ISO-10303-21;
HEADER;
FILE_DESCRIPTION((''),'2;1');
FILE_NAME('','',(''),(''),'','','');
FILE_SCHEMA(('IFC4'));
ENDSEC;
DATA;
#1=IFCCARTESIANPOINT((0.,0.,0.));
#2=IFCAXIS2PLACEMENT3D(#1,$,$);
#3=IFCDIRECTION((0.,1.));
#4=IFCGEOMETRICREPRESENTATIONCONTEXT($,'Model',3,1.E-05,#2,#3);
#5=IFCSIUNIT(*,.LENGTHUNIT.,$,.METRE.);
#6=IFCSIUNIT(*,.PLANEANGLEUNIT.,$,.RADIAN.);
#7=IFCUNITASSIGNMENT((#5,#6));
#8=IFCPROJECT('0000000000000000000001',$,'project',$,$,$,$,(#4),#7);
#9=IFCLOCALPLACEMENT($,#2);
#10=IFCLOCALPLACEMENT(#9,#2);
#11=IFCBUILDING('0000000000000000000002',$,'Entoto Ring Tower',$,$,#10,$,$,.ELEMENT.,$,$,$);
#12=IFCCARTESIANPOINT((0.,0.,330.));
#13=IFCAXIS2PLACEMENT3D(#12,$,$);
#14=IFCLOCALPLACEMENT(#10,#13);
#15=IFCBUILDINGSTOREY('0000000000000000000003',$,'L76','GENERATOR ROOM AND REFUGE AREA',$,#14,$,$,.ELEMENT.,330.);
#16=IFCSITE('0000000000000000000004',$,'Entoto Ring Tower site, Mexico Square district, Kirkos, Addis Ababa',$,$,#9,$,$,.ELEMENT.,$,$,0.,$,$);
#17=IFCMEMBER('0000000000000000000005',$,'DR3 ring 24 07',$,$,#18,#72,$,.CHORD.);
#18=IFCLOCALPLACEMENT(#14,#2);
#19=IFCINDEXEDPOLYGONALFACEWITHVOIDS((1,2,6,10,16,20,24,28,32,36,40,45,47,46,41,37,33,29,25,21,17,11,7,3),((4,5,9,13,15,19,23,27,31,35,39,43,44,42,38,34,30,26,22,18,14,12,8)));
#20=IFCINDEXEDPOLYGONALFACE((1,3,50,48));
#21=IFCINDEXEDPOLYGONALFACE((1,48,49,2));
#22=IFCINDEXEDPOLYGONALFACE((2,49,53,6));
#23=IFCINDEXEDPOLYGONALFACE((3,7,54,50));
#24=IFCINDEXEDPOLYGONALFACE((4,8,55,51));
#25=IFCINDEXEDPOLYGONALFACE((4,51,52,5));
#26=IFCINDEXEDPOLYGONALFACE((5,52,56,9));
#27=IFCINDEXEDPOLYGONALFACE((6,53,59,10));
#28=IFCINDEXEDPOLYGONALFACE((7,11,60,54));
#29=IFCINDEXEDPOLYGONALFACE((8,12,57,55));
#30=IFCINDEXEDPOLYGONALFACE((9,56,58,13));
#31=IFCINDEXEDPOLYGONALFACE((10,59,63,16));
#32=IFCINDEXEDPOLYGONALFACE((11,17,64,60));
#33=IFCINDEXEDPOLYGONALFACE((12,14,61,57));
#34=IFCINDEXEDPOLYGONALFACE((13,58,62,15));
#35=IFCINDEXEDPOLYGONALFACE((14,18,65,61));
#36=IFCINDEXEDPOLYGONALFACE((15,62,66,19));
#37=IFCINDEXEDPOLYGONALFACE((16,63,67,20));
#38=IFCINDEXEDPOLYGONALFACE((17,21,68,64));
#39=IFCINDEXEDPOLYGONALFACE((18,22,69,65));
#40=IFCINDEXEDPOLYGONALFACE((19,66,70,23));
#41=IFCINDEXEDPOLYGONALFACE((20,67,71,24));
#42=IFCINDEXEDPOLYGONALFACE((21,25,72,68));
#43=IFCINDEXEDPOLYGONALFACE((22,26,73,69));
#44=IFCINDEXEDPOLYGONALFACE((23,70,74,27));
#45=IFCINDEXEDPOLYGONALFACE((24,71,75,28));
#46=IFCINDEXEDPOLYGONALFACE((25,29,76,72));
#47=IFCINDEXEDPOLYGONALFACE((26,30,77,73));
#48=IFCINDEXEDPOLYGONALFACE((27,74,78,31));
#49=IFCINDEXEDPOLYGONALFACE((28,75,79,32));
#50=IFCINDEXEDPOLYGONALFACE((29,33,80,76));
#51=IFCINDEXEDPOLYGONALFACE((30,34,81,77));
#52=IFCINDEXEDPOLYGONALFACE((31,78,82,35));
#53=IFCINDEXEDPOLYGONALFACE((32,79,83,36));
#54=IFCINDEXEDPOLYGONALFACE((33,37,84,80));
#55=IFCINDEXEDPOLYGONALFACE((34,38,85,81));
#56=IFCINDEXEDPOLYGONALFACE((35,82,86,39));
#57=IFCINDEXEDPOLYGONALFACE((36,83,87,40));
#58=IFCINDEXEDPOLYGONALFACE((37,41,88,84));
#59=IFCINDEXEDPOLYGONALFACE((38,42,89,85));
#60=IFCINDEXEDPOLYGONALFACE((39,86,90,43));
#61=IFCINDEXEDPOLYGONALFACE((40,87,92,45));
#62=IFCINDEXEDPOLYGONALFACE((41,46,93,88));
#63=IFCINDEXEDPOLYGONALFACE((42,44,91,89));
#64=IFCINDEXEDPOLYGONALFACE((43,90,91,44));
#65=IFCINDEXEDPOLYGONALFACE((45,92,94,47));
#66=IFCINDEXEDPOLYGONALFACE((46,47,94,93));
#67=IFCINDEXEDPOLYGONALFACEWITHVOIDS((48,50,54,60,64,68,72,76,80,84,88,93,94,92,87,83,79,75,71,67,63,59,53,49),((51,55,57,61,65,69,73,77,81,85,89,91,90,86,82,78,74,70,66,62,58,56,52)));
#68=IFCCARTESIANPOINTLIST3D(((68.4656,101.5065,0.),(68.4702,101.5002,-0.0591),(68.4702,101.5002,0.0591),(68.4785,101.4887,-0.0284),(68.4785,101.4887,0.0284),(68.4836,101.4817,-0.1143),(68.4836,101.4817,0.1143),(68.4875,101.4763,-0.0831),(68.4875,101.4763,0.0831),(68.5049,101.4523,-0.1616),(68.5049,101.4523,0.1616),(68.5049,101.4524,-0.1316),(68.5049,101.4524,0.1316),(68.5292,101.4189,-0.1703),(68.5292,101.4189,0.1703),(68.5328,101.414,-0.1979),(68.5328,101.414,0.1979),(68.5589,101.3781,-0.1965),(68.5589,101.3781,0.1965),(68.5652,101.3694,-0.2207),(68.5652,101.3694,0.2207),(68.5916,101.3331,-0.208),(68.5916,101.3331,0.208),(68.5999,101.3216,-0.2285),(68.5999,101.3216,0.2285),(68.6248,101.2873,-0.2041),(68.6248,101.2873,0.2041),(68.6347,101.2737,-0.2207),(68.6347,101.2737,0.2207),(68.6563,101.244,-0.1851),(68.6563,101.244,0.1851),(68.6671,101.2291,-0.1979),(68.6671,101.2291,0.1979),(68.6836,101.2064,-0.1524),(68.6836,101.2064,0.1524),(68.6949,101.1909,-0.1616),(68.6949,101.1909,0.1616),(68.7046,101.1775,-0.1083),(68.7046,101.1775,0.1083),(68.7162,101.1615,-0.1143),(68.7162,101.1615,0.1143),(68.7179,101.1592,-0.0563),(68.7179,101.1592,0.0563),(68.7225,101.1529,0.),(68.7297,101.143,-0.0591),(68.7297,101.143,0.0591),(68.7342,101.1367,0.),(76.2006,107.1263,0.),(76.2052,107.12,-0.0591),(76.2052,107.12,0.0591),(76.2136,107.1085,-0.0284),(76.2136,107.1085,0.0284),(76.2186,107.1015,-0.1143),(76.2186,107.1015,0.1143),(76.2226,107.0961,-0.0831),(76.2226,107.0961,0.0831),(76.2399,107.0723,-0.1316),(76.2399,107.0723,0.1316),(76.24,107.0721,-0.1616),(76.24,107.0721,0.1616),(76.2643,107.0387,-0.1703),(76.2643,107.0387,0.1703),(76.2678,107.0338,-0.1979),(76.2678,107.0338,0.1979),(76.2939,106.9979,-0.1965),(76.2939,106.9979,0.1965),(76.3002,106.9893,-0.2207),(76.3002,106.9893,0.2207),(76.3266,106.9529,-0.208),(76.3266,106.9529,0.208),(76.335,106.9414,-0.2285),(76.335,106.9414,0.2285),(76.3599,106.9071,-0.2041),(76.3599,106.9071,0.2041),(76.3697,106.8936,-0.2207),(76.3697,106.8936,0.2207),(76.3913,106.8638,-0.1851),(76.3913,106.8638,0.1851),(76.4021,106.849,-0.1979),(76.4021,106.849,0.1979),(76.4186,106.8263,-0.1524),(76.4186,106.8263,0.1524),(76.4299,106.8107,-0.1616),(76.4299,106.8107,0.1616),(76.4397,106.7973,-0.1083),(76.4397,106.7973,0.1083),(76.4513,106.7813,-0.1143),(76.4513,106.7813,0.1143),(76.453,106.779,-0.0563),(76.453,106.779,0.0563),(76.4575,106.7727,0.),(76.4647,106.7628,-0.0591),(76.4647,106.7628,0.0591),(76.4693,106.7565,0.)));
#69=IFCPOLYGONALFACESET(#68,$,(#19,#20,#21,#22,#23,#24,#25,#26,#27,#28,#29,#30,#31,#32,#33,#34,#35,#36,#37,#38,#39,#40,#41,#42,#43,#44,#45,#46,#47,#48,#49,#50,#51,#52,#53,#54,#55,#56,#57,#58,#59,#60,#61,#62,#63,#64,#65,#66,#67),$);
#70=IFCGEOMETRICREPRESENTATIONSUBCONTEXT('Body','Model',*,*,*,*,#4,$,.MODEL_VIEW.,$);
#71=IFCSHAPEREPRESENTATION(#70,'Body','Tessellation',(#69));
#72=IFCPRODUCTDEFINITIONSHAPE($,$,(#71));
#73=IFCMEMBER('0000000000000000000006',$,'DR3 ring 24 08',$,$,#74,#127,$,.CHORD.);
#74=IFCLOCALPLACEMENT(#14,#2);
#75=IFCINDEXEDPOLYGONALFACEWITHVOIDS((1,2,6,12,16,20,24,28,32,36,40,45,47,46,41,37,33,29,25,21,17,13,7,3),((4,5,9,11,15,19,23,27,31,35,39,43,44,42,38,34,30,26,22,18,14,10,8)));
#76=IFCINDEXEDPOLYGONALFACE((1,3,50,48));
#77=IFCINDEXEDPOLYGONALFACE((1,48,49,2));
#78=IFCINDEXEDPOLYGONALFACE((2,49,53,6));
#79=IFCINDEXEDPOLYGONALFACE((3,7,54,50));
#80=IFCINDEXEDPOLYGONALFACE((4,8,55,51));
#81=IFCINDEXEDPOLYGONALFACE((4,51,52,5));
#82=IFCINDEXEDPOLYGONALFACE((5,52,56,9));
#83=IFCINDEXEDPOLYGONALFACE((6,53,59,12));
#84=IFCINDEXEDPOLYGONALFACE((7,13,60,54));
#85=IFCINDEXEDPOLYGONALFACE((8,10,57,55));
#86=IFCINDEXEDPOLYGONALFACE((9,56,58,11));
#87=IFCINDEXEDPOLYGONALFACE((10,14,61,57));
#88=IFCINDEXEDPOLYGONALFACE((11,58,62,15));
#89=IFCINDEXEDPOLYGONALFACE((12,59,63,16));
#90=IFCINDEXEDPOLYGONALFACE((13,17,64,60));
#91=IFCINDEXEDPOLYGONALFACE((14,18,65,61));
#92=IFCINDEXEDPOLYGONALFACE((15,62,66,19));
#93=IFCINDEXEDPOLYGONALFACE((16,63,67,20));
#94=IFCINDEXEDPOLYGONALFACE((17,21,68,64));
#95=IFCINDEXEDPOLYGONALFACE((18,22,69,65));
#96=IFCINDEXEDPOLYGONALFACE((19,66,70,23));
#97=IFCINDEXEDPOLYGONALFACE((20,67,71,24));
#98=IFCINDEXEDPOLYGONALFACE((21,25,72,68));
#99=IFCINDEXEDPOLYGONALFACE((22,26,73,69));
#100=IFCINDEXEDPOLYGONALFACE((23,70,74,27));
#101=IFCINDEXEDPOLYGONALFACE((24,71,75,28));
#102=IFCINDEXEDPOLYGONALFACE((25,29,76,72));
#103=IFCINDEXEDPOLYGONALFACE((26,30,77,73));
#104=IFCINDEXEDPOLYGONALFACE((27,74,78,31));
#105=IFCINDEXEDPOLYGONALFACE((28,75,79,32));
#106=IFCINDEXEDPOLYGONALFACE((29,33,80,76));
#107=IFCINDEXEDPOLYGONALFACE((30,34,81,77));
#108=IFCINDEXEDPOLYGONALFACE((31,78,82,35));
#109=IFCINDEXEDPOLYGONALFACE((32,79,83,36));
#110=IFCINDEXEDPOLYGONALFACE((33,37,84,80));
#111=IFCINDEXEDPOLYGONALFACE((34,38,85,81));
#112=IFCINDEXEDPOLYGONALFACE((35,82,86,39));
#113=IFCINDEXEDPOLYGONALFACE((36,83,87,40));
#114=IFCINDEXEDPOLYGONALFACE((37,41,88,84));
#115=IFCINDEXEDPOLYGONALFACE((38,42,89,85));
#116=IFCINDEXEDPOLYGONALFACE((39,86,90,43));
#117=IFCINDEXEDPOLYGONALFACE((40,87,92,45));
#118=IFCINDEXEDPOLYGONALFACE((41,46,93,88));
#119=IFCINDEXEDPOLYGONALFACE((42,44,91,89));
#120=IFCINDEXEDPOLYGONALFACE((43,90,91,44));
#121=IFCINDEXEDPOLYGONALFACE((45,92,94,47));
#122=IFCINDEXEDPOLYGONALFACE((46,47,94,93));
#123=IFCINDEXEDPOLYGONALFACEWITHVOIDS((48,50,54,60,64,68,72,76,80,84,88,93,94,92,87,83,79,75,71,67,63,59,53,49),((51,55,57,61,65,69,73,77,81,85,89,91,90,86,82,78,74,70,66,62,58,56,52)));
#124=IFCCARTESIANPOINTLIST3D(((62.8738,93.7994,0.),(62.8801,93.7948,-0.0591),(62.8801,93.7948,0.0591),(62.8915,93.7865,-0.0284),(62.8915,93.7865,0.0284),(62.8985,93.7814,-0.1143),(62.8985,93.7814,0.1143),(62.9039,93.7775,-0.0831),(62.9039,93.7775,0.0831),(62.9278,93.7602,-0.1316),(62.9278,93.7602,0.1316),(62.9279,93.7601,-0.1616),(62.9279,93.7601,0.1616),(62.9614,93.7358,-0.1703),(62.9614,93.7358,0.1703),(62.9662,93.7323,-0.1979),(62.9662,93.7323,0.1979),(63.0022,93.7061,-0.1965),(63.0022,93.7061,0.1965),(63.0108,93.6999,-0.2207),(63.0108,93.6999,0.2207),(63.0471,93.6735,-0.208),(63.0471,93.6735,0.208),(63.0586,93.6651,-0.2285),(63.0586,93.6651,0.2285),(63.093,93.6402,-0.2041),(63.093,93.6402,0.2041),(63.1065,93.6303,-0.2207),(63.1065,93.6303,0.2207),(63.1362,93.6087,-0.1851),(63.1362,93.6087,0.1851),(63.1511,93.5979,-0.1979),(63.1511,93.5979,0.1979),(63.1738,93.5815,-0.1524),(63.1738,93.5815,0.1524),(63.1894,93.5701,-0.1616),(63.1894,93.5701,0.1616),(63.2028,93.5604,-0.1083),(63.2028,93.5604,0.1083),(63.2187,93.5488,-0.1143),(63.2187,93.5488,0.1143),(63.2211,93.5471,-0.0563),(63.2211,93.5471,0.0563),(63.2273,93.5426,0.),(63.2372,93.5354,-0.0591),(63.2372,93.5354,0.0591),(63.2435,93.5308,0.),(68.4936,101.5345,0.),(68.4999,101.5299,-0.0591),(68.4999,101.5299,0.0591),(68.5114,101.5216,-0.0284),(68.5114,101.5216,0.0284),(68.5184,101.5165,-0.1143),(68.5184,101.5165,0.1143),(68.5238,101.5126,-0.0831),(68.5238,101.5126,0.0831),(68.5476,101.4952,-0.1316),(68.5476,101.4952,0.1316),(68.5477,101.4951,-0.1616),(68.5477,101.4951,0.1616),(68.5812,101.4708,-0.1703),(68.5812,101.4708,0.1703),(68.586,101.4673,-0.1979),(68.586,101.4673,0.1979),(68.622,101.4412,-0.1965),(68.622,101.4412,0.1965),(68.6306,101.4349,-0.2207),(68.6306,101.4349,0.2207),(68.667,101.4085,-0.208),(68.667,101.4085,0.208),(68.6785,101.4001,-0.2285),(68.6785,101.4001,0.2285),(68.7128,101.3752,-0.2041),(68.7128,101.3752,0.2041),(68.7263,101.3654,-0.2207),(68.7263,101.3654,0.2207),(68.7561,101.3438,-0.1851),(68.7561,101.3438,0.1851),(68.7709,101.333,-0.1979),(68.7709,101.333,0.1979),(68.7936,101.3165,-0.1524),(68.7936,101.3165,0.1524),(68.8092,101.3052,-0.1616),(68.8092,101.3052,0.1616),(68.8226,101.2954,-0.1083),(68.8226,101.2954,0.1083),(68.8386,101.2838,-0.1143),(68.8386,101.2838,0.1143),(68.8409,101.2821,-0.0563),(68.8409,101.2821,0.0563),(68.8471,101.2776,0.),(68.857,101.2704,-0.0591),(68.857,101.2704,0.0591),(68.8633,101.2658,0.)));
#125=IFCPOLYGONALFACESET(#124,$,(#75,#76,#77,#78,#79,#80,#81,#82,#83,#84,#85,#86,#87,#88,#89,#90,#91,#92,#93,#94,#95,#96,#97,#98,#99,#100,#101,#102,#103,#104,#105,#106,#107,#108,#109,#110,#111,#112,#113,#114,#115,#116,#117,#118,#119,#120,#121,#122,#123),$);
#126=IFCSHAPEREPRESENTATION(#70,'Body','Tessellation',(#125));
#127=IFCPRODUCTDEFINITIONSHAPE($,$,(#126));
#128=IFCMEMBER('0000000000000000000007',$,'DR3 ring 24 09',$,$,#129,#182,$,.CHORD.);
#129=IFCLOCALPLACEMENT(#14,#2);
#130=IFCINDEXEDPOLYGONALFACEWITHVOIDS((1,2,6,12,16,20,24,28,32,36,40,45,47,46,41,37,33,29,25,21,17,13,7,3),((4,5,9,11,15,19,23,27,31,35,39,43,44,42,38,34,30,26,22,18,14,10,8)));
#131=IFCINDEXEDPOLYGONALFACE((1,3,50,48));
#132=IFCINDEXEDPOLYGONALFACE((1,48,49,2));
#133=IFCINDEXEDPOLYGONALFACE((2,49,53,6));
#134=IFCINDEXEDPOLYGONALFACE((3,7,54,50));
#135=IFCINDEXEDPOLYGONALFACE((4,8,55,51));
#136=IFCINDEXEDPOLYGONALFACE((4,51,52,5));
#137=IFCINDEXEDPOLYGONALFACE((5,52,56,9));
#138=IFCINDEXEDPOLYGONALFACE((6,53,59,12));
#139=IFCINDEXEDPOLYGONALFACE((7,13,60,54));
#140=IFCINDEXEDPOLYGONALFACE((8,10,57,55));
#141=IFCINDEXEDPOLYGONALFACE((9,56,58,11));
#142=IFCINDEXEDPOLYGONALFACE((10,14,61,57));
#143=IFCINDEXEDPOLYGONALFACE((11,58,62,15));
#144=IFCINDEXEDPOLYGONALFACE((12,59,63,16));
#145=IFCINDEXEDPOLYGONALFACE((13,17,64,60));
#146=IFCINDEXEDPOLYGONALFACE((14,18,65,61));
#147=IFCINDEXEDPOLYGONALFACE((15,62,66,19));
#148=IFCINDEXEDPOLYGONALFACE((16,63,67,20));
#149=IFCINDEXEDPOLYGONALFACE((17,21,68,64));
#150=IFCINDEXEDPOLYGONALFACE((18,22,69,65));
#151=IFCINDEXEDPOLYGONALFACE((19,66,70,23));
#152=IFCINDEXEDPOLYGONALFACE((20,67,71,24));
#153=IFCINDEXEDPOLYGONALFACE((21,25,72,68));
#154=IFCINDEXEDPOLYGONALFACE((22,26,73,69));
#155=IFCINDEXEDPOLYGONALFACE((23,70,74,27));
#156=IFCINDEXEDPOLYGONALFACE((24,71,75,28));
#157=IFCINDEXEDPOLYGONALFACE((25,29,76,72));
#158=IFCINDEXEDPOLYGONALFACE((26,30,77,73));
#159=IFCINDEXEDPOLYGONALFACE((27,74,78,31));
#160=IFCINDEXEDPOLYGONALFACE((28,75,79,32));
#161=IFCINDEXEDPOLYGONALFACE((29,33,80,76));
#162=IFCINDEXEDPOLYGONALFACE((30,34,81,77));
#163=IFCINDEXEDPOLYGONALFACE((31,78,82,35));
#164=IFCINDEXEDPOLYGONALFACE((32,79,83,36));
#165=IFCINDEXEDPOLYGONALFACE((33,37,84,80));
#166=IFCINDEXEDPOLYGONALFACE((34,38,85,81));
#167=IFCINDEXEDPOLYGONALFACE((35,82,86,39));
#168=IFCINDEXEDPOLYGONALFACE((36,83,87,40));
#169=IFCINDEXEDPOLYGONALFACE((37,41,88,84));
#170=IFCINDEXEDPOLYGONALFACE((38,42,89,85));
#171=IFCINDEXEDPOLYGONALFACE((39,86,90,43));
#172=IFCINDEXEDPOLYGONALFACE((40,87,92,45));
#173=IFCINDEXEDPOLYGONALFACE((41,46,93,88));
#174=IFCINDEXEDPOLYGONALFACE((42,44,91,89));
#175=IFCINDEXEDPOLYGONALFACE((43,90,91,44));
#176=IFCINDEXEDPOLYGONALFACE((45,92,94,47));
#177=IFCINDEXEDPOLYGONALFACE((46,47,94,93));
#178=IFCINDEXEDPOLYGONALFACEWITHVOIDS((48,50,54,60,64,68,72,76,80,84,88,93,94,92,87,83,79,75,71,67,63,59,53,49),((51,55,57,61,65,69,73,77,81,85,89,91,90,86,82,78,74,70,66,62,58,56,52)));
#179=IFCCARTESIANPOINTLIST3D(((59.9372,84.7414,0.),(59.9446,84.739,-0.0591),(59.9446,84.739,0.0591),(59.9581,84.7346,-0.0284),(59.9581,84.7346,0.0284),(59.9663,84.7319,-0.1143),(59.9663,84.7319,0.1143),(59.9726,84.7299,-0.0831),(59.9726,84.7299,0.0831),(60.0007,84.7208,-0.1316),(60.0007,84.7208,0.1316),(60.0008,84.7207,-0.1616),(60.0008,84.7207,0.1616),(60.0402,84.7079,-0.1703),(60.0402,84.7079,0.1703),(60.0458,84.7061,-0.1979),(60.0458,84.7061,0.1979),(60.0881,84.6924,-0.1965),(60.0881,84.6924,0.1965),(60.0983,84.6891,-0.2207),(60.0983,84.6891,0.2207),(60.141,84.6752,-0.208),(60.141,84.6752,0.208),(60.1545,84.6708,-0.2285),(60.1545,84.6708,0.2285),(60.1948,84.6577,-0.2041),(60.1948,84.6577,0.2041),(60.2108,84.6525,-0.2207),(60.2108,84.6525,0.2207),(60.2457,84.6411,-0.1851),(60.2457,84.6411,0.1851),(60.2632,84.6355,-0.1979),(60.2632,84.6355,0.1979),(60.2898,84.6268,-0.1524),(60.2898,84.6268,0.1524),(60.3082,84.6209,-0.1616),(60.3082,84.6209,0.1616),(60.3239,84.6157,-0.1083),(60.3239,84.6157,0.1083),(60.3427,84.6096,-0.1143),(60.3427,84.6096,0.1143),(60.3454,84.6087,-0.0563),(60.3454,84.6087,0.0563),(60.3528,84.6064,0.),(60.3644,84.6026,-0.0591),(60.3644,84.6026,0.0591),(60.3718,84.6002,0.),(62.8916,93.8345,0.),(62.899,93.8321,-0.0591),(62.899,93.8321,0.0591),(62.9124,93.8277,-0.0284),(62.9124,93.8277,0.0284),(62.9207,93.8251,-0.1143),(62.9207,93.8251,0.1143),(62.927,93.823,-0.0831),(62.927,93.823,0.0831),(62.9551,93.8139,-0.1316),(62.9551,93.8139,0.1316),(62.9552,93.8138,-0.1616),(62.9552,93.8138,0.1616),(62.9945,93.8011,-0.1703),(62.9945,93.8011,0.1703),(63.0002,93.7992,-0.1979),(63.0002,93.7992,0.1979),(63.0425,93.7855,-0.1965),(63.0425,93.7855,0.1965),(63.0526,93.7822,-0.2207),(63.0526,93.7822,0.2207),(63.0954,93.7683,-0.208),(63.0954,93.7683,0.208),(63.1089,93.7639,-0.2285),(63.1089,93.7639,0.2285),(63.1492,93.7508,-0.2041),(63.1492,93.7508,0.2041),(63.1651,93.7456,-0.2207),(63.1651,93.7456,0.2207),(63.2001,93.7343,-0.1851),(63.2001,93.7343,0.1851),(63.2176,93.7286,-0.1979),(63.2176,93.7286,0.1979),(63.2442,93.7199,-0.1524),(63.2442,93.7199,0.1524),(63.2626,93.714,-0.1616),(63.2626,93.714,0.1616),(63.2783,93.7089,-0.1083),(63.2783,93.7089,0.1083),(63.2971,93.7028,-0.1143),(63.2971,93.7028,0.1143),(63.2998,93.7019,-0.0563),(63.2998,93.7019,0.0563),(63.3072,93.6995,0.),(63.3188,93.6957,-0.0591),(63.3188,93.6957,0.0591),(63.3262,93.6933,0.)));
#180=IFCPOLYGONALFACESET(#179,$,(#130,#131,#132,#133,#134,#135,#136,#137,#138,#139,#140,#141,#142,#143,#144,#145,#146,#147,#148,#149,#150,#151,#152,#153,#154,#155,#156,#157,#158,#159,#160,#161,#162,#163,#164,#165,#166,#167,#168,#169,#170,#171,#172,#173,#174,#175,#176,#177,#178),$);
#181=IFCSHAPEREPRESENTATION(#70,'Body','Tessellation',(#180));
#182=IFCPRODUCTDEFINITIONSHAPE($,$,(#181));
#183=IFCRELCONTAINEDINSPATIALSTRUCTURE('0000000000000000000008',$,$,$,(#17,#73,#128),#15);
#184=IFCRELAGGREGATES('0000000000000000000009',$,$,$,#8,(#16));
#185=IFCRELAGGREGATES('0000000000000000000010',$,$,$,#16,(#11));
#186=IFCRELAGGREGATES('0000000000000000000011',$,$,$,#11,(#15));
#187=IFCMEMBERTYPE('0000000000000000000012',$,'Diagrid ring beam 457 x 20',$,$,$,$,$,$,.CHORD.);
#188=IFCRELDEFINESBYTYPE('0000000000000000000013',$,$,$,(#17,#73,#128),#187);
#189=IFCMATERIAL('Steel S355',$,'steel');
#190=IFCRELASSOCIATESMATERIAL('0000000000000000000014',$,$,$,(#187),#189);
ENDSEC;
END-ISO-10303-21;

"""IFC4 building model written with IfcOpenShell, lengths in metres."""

from ifc_helpers import new_model, si_unit, direction, frame, origin, origin_2d, place, context, subcontext, project, spatial, circle, hollow_circle, extrude, material, material_profile, profile_set, type_object, element, save


model = new_model("IFC4")

# Units and contexts
model_context = context("Model", 3, precision=1e-05, world=origin(), true_north=direction((0.0, 1.0)))
body_context = subcontext(model_context, "Body", "Model", "MODEL_VIEW")
ifc_project = project(units=[si_unit("LENGTHUNIT", "METRE"), si_unit("PLANEANGLEUNIT", "RADIAN")], contexts=[model_context])

# Site, building, storey
site_placement = place(None, origin())
site = spatial("IfcSite", under=ifc_project, at=site_placement, Name="Entoto Ring Tower site, Mexico Square district, Kirkos, Addis Ababa", CompositionType="ELEMENT", RefElevation=0.0)
building_placement = place(site_placement, origin())
building = spatial("IfcBuilding", under=site, at=building_placement, Name="Entoto Ring Tower", CompositionType="ELEMENT")
storey_placement = place(building_placement, frame((0.0, 0.0, 330.0)))
storey = spatial("IfcBuildingStorey", under=building, at=storey_placement, Name="L76", Description="GENERATOR ROOM AND REFUGE AREA", CompositionType="ELEMENT", Elevation=330.0)

# Members
ifc_material_1 = material(Name="Steel S355", Category="steel")
ifc_material_profile_1 = material_profile(ifc_material_1, hollow_circle(Radius=0.2285, WallThickness=0.02, at=origin_2d()), Name="CHS 457 x 20")
ifc_material_2 = material(Name="Concrete C60/75", Category="concrete")
ifc_material_profile_2 = material_profile(ifc_material_2, circle(Radius=0.2085, at=origin_2d()), Name="Concrete C60/75 infill")
ifc_profile_set_1 = profile_set([ifc_material_profile_1, ifc_material_profile_2], Name="Steel S355")
member_type_1 = type_object("IfcMemberType", Name="Diagrid ring beam 457 x 20", PredefinedType="CHORD", material=ifc_profile_set_1)
for number, where, z_axis, x_axis, name in (
    (1, (76.335, 106.9414, 0.0), (-0.809018, -0.587784, 0.0), (0.587784, -0.809018, 0.0), "DR3 ring 24 07"),
    (2, (68.6785, 101.4001, 0.0), (-0.587784, -0.809018, 0.0), (0.809018, -0.587784, 0.0), "DR3 ring 24 08"),
    (3, (63.1089, 93.7639, 0.0), (-0.309002, -0.951061, 0.0), (0.951061, -0.309002, 0.0), "DR3 ring 24 09"),
):
    element("IfcMember", number, at=place(storey_placement, frame(where, z_axis=z_axis, x_axis=x_axis)), inside=storey, type_object=member_type_1, Name=name, PredefinedType="CHORD", context=body_context, shape_type="SweptSolid", body=[
        extrude(hollow_circle(Radius=0.2285, WallThickness=0.02, at=origin_2d()), origin(), (0.0, 0.0, 1.0), 9.561),
    ])

save(model, "model.ifc")
